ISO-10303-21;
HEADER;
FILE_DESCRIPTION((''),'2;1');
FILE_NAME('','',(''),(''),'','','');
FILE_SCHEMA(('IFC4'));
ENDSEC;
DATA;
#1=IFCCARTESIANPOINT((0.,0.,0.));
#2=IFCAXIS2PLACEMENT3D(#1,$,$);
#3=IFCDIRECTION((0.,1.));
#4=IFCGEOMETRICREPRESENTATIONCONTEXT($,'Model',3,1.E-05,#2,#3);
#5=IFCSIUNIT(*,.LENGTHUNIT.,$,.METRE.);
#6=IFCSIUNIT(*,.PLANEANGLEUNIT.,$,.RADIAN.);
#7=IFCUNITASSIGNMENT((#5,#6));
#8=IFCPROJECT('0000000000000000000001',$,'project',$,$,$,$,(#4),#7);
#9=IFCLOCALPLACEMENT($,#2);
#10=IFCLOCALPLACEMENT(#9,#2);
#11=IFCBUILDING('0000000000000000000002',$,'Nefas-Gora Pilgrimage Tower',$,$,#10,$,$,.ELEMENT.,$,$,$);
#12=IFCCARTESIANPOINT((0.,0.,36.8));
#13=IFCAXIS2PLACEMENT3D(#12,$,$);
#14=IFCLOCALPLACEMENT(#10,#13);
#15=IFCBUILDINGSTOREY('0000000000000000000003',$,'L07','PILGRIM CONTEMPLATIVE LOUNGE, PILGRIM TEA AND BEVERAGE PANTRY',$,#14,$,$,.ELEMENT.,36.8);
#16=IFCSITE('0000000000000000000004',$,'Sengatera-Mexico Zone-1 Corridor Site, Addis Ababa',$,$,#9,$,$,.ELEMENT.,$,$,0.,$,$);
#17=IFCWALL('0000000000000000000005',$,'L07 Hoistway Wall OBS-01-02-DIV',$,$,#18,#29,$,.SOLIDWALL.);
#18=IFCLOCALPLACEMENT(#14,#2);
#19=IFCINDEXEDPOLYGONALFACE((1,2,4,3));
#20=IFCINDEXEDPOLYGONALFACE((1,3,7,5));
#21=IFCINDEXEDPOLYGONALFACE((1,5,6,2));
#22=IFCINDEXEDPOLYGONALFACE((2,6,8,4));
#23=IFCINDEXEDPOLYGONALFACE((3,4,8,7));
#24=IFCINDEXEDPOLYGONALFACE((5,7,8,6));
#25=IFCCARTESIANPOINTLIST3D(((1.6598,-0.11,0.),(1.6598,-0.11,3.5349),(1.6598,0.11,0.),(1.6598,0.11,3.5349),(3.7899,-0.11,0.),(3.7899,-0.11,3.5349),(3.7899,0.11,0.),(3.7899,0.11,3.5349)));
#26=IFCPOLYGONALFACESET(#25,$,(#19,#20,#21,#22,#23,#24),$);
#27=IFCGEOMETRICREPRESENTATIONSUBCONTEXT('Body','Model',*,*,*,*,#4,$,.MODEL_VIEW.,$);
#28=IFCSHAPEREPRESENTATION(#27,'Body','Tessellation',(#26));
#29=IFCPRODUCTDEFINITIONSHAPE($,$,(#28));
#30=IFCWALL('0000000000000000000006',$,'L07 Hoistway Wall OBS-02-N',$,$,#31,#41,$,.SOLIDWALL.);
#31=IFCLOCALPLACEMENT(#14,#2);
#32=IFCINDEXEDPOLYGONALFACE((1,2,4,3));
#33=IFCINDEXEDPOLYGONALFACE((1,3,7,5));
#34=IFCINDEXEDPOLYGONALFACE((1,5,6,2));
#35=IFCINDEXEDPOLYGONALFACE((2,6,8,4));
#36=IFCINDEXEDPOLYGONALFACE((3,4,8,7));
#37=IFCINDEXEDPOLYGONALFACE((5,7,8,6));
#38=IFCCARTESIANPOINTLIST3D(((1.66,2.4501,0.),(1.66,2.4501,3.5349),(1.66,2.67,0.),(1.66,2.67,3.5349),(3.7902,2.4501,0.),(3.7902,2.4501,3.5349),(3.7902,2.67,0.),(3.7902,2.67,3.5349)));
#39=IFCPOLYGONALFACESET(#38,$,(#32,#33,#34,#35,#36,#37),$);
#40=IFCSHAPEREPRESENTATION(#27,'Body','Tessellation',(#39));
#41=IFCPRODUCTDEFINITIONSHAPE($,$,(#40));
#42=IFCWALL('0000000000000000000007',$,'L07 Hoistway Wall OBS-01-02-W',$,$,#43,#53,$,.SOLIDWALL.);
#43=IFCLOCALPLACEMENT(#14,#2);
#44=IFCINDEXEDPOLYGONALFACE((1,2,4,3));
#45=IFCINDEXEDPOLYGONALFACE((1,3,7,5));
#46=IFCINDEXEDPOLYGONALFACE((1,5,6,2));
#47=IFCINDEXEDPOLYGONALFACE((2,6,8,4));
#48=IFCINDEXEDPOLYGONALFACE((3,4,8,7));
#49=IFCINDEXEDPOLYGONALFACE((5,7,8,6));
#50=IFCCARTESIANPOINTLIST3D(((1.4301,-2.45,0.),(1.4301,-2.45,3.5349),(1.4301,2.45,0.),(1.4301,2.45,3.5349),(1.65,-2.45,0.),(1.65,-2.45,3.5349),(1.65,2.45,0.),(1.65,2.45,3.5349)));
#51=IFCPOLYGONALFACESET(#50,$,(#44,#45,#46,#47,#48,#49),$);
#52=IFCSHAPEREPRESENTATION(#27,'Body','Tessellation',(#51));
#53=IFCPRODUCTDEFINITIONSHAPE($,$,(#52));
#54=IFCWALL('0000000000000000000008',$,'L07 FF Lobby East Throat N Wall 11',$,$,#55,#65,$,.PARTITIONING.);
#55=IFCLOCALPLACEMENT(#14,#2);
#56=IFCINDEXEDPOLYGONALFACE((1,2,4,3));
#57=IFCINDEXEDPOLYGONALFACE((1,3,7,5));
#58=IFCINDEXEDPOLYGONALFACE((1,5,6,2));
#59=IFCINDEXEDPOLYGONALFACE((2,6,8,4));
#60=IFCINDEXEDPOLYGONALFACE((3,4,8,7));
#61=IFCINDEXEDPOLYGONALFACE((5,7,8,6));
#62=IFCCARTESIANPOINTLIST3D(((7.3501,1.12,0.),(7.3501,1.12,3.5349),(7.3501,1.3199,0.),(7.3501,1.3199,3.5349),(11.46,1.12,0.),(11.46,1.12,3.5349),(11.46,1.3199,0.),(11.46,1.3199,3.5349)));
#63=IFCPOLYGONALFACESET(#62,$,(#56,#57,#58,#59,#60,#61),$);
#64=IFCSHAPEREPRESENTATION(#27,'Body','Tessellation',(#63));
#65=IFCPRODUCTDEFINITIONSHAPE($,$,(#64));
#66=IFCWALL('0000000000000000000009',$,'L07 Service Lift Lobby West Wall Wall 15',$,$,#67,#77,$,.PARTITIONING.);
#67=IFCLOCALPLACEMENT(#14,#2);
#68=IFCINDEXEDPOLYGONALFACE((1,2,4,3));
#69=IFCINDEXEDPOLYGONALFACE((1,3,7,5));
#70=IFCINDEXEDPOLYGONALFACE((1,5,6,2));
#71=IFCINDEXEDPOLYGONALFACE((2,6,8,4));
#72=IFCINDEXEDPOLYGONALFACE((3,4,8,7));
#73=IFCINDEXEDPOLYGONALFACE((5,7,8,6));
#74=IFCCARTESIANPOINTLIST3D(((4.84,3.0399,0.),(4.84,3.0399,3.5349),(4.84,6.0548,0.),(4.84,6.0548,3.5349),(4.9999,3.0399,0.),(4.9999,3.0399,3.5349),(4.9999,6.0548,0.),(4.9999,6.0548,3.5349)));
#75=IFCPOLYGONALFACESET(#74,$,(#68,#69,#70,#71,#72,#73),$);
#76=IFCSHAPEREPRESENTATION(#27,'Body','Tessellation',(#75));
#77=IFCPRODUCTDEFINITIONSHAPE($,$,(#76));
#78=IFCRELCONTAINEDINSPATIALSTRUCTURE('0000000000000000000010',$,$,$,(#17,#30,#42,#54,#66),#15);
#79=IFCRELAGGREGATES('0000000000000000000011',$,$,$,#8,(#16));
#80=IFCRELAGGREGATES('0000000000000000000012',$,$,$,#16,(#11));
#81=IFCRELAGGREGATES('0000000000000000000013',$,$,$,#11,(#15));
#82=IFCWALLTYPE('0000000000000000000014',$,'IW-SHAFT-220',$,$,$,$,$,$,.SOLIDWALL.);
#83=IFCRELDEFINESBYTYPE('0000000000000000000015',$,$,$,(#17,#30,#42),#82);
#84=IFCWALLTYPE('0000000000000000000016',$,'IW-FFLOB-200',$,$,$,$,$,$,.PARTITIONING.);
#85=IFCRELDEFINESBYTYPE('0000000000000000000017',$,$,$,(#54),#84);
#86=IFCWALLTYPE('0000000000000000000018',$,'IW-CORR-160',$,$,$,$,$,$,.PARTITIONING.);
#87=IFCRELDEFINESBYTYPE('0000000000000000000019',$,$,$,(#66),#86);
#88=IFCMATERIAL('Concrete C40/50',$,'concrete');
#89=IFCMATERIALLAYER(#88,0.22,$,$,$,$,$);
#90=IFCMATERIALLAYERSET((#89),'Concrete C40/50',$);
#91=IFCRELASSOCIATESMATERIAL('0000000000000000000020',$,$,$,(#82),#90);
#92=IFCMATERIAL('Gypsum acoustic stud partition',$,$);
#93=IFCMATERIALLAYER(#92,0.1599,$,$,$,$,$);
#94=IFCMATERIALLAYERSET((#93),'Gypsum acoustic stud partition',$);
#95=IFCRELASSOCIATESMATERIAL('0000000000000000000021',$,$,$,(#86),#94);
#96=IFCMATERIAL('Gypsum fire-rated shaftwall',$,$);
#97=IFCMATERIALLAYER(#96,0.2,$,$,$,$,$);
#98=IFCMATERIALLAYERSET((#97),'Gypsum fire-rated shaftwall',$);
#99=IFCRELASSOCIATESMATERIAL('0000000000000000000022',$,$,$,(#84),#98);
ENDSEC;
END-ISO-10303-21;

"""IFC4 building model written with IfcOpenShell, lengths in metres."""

from ifc_helpers import new_model, si_unit, direction, frame, frame_2d, origin, place, context, subcontext, project, spatial, rectangle, extrude, source, transform, mapped, material, layer, layer_set, type_object, element, save


model = new_model("IFC4")

# Units and contexts
model_context = context("Model", 3, precision=1e-05, world=origin(), true_north=direction((0.0, 1.0)))
body_context = subcontext(model_context, "Body", "Model", "MODEL_VIEW")
ifc_project = project(units=[si_unit("LENGTHUNIT", "METRE"), si_unit("PLANEANGLEUNIT", "RADIAN")], contexts=[model_context])

# Site, building, storey
site_placement = place(None, origin())
site = spatial("IfcSite", under=ifc_project, at=site_placement, Name="Sengatera-Mexico Zone-1 Corridor Site, Addis Ababa", CompositionType="ELEMENT", RefElevation=0.0)
building_placement = place(site_placement, origin())
building = spatial("IfcBuilding", under=site, at=building_placement, Name="Nefas-Gora Pilgrimage Tower", CompositionType="ELEMENT")
storey_placement = place(building_placement, frame((0.0, 0.0, 36.8)))
storey = spatial("IfcBuildingStorey", under=building, at=storey_placement, Name="L07", Description="PILGRIM CONTEMPLATIVE LOUNGE, PILGRIM TEA AND BEVERAGE PANTRY", CompositionType="ELEMENT", Elevation=36.8)

# Shared definitions
ifc_material_1 = material(Name="Concrete C40/50", Category="concrete")
ifc_layer_1 = layer(ifc_material_1, 0.22)
ifc_layer_set_1 = layer_set([ifc_layer_1], Name="Concrete C40/50")
wall_type_1 = type_object("IfcWallType", Name="IW-SHAFT-220", PredefinedType="SOLIDWALL", material=ifc_layer_set_1)

# Walls
ifc_material_2 = material(Name="Gypsum acoustic stud partition")
ifc_layer_2 = layer(ifc_material_2, 0.1599)
ifc_layer_set_2 = layer_set([ifc_layer_2], Name="Gypsum acoustic stud partition")
wall_type_2 = type_object("IfcWallType", Name="IW-CORR-160", PredefinedType="PARTITIONING", material=ifc_layer_set_2)
shared_shape_1 = source(origin(), body_context, "Body", "SweptSolid", [
    extrude(rectangle(XDim=2.1301, YDim=0.22, at=frame_2d((1.0649, 0.0))), origin(), (0.0, 0.0, 1.0), 3.5349),
])
for number, where, z_axis, x_axis, name in (
    (1, (1.6599, 0.0, 0.0), (0.0, 0.0, 1.0), (1.0, 0.0, 0.0), "L07 Hoistway Wall OBS-01-02-DIV"),
    (2, (3.79, 2.5601, 0.0), (0.0, 0.0, 1.0), (-1.0, 0.0, 0.0), "L07 Hoistway Wall OBS-02-N"),
):
    element("IfcWall", number, at=place(storey_placement, frame(where, z_axis=z_axis, x_axis=x_axis)), inside=storey, type_object=wall_type_1, Name=name, PredefinedType="SOLIDWALL", context=body_context, shape_type="MappedRepresentation", body=[
        mapped(shared_shape_1, transform((0.0, 0.0, 0.0), x_axis=(1.0, 0.0, 0.0), y_axis=(0.0, 1.0, 0.0), z_axis=(0.0, 0.0, 1.0), scale=1.0)),
    ])
shared_shape_2 = source(origin(), body_context, "Body", "SweptSolid", [
    extrude(rectangle(XDim=4.8999, YDim=0.22, at=frame_2d((2.45, 0.0))), origin(), (0.0, 0.0, 1.0), 3.5349),
])
wall_1_placement = place(storey_placement, frame((1.54, 2.45, 0.0), z_axis=(0.0, 0.0, 1.0), x_axis=(0.0, -1.0, 0.0)))
element("IfcWall", 3, at=wall_1_placement, inside=storey, type_object=wall_type_1, Name="L07 Hoistway Wall OBS-01-02-W", PredefinedType="SOLIDWALL", context=body_context, shape_type="MappedRepresentation", body=[
    mapped(shared_shape_2, transform((0.0, 0.0, 0.0), x_axis=(1.0, 0.0, 0.0), y_axis=(0.0, 1.0, 0.0), z_axis=(0.0, 0.0, 1.0), scale=1.0)),
])

# Shared definitions
ifc_material_3 = material(Name="Gypsum fire-rated shaftwall")
ifc_layer_3 = layer(ifc_material_3, 0.2)
ifc_layer_set_3 = layer_set([ifc_layer_3], Name="Gypsum fire-rated shaftwall")
wall_type_3 = type_object("IfcWallType", Name="IW-FFLOB-200", PredefinedType="PARTITIONING", material=ifc_layer_set_3)

# Walls
shared_shape_3 = source(origin(), body_context, "Body", "SweptSolid", [
    extrude(rectangle(XDim=4.1099, YDim=0.2, at=frame_2d((2.0549, 0.0))), origin(), (0.0, 0.0, 1.0), 3.5349),
])
wall_2_placement = place(storey_placement, frame((7.3501, 1.22, 0.0), z_axis=(0.0, 0.0, 1.0), x_axis=(1.0, 0.0, 0.0)))
element("IfcWall", 4, at=wall_2_placement, inside=storey, type_object=wall_type_3, Name="L07 FF Lobby East Throat N Wall 11", PredefinedType="PARTITIONING", context=body_context, shape_type="MappedRepresentation", body=[
    mapped(shared_shape_3, transform((0.0, 0.0, 0.0), x_axis=(1.0, 0.0, 0.0), y_axis=(0.0, 1.0, 0.0), z_axis=(0.0, 0.0, 1.0), scale=1.0)),
])
shared_shape_4 = source(origin(), body_context, "Body", "SweptSolid", [
    extrude(rectangle(XDim=3.0149, YDim=0.1599, at=frame_2d((1.5073, 0.0))), origin(), (0.0, 0.0, 1.0), 3.5349),
])
wall_3_placement = place(storey_placement, frame((4.9199, 3.04, 0.0), z_axis=(0.0, 0.0, 1.0), x_axis=(0.0, 1.0, 0.0)))
element("IfcWall", 5, at=wall_3_placement, inside=storey, type_object=wall_type_2, Name="L07 Service Lift Lobby West Wall Wall 15", PredefinedType="PARTITIONING", context=body_context, shape_type="MappedRepresentation", body=[
    mapped(shared_shape_4, transform((0.0, 0.0, 0.0), x_axis=(1.0, 0.0, 0.0), y_axis=(0.0, 1.0, 0.0), z_axis=(0.0, 0.0, 1.0), scale=1.0)),
])

save(model, "model.ifc")
